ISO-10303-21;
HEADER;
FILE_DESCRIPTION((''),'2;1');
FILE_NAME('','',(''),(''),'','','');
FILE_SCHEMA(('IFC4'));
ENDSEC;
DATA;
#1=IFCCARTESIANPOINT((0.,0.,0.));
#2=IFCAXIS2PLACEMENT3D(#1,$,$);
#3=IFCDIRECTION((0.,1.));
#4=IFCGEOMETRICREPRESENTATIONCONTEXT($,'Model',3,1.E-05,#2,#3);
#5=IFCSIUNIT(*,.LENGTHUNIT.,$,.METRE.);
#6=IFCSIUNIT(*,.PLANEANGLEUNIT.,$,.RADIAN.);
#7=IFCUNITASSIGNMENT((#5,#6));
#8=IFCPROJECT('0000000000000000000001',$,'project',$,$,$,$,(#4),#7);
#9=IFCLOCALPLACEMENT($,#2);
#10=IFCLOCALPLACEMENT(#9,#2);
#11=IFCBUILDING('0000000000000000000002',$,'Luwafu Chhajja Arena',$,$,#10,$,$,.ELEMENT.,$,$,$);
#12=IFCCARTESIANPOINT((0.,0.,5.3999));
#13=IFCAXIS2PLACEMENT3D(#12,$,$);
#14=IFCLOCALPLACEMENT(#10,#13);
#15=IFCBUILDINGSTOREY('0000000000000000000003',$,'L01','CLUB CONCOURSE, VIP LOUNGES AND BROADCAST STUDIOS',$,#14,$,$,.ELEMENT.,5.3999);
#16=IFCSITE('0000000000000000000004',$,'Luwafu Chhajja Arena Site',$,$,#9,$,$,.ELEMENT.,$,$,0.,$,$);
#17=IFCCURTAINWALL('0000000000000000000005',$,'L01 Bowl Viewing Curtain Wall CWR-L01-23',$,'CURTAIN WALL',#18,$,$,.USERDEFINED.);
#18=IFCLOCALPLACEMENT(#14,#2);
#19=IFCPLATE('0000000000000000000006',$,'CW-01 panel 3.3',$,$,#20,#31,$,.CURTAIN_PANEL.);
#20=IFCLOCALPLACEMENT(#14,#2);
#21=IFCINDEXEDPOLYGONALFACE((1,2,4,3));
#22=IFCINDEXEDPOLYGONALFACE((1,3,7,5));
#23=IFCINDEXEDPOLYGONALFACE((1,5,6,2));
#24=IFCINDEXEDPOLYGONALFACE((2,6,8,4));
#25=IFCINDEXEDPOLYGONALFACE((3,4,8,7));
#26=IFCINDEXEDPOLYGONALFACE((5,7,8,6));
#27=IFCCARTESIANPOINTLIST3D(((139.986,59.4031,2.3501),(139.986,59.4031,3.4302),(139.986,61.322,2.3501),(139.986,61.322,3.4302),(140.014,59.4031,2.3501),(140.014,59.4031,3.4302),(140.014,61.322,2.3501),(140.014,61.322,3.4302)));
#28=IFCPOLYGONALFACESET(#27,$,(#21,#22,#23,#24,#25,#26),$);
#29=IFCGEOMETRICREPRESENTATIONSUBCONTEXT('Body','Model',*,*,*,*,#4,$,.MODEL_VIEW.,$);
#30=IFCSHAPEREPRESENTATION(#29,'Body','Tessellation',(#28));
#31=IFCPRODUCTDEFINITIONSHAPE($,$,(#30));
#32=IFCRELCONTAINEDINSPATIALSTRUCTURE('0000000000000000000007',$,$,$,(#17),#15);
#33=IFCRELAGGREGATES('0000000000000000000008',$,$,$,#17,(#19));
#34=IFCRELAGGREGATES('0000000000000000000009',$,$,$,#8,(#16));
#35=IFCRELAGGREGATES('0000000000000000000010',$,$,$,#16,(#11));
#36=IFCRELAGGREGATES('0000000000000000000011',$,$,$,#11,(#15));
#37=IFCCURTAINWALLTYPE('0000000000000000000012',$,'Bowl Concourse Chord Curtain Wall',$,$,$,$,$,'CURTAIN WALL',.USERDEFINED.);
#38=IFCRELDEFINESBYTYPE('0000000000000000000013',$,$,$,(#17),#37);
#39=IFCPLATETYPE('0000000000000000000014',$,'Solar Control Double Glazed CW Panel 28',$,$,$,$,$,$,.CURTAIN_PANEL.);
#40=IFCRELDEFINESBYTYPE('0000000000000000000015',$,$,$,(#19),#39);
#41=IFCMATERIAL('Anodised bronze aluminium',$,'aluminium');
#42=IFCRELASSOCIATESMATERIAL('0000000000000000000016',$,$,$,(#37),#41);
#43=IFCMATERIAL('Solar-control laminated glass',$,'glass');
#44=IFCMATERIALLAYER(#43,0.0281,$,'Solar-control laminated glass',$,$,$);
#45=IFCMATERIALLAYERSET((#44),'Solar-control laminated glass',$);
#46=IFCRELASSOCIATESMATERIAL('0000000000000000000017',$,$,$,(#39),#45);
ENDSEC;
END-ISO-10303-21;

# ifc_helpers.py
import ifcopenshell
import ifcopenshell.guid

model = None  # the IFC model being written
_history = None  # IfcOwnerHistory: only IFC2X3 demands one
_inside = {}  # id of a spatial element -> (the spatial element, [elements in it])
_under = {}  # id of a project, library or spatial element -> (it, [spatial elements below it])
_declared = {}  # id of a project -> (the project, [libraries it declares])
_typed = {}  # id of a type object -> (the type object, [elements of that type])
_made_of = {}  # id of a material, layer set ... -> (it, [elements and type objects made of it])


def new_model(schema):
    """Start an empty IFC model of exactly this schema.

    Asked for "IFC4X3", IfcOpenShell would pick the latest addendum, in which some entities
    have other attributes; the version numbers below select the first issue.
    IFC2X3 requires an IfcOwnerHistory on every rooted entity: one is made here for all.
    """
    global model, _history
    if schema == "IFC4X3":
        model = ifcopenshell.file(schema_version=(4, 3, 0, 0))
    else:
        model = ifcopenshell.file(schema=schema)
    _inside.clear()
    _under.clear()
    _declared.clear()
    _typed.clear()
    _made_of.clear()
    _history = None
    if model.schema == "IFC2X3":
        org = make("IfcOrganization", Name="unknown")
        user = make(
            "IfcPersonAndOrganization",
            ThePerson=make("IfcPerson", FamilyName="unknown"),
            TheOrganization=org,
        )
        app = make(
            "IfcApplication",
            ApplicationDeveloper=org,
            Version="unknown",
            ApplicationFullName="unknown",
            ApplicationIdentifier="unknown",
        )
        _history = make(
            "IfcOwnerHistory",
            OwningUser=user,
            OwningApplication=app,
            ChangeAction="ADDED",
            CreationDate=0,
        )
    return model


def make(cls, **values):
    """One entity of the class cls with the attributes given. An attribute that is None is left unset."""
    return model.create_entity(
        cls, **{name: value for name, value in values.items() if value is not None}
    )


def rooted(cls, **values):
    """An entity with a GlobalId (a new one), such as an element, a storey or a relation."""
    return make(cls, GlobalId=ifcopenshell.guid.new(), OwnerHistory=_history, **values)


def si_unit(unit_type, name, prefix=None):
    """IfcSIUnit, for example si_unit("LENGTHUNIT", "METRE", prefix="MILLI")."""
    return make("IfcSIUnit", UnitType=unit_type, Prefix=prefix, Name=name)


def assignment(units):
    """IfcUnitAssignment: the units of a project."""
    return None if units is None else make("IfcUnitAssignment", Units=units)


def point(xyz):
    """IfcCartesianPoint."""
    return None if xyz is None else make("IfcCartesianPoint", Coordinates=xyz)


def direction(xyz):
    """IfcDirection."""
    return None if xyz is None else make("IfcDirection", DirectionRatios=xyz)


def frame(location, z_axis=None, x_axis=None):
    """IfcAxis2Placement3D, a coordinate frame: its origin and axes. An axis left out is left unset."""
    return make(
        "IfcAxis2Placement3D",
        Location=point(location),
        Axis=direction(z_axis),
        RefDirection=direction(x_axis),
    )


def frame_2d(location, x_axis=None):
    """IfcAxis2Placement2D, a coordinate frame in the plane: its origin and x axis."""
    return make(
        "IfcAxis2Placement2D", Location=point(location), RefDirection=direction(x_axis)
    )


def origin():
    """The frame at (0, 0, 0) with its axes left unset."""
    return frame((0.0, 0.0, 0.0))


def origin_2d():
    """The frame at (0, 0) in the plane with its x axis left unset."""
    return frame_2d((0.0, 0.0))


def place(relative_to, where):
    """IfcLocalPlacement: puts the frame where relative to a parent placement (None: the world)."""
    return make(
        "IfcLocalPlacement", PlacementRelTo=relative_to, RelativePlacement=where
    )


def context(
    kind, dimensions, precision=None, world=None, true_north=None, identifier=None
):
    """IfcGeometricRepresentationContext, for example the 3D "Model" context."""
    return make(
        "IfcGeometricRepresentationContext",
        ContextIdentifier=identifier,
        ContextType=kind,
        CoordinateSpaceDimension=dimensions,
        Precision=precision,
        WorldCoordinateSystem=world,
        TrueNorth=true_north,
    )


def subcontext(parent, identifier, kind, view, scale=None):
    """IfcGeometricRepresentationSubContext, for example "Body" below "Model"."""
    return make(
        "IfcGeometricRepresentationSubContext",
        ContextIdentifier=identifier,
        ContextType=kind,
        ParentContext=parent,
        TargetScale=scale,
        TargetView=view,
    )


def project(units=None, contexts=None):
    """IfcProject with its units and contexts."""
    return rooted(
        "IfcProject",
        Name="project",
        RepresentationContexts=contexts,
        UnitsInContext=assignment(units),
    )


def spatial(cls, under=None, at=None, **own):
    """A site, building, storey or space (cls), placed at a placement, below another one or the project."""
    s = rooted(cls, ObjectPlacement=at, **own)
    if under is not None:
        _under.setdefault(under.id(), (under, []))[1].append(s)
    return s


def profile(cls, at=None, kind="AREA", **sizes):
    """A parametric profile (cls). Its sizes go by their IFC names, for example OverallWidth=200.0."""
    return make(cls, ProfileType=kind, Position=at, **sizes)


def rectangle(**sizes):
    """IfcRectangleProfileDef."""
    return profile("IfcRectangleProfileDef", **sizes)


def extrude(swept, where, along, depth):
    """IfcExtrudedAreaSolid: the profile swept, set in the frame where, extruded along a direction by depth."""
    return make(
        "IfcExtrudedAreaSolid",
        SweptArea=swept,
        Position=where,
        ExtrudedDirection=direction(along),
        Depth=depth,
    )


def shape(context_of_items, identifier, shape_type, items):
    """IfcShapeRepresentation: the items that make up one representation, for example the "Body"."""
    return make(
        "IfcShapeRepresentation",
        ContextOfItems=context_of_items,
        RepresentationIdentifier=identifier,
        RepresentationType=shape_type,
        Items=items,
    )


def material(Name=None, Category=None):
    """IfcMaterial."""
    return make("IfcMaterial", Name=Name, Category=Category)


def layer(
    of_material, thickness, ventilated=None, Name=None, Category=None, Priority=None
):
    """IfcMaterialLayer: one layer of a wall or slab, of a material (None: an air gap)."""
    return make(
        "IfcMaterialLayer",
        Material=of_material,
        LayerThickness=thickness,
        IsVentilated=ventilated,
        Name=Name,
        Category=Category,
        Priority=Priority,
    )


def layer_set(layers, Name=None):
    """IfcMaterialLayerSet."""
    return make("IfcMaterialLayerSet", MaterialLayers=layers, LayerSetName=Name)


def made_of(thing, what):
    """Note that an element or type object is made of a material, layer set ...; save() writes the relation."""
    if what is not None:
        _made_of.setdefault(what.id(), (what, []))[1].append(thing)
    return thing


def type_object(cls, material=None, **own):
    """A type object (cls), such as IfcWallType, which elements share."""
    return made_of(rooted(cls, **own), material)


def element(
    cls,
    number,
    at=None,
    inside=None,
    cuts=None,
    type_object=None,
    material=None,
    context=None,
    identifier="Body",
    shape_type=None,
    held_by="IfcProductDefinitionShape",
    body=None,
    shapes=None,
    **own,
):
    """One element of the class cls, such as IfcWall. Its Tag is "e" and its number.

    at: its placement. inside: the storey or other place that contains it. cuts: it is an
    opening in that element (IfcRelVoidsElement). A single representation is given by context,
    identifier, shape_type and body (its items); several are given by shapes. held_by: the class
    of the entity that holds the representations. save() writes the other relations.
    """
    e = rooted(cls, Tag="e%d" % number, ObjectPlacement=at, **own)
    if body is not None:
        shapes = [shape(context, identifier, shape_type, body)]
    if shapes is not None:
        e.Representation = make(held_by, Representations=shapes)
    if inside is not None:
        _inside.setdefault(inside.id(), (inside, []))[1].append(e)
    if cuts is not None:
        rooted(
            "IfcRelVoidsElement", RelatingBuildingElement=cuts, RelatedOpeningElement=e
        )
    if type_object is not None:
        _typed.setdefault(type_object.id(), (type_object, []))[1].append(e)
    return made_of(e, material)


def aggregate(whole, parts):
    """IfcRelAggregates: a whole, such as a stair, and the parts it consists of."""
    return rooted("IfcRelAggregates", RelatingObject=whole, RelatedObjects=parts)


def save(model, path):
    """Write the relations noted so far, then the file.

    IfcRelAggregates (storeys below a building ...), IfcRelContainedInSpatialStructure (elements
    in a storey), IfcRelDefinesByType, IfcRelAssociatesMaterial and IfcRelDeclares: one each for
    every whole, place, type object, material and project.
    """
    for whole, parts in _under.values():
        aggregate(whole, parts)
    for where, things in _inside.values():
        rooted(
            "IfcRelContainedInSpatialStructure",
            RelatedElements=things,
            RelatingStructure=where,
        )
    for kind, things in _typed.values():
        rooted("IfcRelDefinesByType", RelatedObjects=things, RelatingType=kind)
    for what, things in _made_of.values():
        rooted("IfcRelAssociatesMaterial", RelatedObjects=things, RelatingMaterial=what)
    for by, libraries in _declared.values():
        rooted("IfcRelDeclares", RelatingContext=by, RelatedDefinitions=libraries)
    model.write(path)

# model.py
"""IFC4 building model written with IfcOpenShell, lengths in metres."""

from ifc_helpers import new_model, si_unit, direction, frame, origin, origin_2d, place, context, subcontext, project, spatial, rectangle, extrude, material, layer, layer_set, type_object, element, aggregate, save


model = new_model("IFC4")

# Units and contexts
model_context = context("Model", 3, precision=1e-05, world=origin(), true_north=direction((0.0, 1.0)))
body_context = subcontext(model_context, "Body", "Model", "MODEL_VIEW")
ifc_project = project(units=[si_unit("LENGTHUNIT", "METRE"), si_unit("PLANEANGLEUNIT", "RADIAN")], contexts=[model_context])

# Site, building, storey
site_placement = place(None, origin())
site = spatial("IfcSite", under=ifc_project, at=site_placement, Name="Luwafu Chhajja Arena Site", CompositionType="ELEMENT", RefElevation=0.0)
building_placement = place(site_placement, origin())
building = spatial("IfcBuilding", under=site, at=building_placement, Name="Luwafu Chhajja Arena", CompositionType="ELEMENT")
storey_placement = place(building_placement, frame((0.0, 0.0, 5.3999)))
storey = spatial("IfcBuildingStorey", under=building, at=storey_placement, Name="L01", Description="CLUB CONCOURSE, VIP LOUNGES AND BROADCAST STUDIOS", CompositionType="ELEMENT", Elevation=5.3999)

# Curtain wall
ifc_material_1 = material(Name="Anodised bronze aluminium", Category="aluminium")
curtain_wall_type = type_object("IfcCurtainWallType", Name="Bowl Concourse Chord Curtain Wall", ElementType="CURTAIN WALL", PredefinedType="USERDEFINED", material=ifc_material_1)
curtain_wall_placement = place(storey_placement, origin())
curtain_wall = element("IfcCurtainWall", 1, at=curtain_wall_placement, inside=storey, type_object=curtain_wall_type, Name="L01 Bowl Viewing Curtain Wall CWR-L01-23", ObjectType="CURTAIN WALL", PredefinedType="USERDEFINED")

# Plate
ifc_material_2 = material(Name="Solar-control laminated glass", Category="glass")
ifc_layer_1 = layer(ifc_material_2, 0.0281, Name="Solar-control laminated glass")
ifc_layer_set_1 = layer_set([ifc_layer_1], Name="Solar-control laminated glass")
plate_type_1 = type_object("IfcPlateType", Name="Solar Control Double Glazed CW Panel 28", PredefinedType="CURTAIN_PANEL", material=ifc_layer_set_1)
plate_1_placement = place(storey_placement, frame((140.0, 60.3625, 2.3501), z_axis=(0.0, 0.0, 1.0), x_axis=(0.0, 1.0, 0.0)))
plate_1 = element("IfcPlate", 2, at=plate_1_placement, type_object=plate_type_1, Name="CW-01 panel 3.3", PredefinedType="CURTAIN_PANEL", context=body_context, shape_type="SweptSolid", body=[
    extrude(rectangle(XDim=1.9189, YDim=0.0281, at=origin_2d()), origin(), (0.0, 0.0, 1.0), 1.0801),
])
aggregate(curtain_wall, [plate_1])

save(model, "model.ifc")
